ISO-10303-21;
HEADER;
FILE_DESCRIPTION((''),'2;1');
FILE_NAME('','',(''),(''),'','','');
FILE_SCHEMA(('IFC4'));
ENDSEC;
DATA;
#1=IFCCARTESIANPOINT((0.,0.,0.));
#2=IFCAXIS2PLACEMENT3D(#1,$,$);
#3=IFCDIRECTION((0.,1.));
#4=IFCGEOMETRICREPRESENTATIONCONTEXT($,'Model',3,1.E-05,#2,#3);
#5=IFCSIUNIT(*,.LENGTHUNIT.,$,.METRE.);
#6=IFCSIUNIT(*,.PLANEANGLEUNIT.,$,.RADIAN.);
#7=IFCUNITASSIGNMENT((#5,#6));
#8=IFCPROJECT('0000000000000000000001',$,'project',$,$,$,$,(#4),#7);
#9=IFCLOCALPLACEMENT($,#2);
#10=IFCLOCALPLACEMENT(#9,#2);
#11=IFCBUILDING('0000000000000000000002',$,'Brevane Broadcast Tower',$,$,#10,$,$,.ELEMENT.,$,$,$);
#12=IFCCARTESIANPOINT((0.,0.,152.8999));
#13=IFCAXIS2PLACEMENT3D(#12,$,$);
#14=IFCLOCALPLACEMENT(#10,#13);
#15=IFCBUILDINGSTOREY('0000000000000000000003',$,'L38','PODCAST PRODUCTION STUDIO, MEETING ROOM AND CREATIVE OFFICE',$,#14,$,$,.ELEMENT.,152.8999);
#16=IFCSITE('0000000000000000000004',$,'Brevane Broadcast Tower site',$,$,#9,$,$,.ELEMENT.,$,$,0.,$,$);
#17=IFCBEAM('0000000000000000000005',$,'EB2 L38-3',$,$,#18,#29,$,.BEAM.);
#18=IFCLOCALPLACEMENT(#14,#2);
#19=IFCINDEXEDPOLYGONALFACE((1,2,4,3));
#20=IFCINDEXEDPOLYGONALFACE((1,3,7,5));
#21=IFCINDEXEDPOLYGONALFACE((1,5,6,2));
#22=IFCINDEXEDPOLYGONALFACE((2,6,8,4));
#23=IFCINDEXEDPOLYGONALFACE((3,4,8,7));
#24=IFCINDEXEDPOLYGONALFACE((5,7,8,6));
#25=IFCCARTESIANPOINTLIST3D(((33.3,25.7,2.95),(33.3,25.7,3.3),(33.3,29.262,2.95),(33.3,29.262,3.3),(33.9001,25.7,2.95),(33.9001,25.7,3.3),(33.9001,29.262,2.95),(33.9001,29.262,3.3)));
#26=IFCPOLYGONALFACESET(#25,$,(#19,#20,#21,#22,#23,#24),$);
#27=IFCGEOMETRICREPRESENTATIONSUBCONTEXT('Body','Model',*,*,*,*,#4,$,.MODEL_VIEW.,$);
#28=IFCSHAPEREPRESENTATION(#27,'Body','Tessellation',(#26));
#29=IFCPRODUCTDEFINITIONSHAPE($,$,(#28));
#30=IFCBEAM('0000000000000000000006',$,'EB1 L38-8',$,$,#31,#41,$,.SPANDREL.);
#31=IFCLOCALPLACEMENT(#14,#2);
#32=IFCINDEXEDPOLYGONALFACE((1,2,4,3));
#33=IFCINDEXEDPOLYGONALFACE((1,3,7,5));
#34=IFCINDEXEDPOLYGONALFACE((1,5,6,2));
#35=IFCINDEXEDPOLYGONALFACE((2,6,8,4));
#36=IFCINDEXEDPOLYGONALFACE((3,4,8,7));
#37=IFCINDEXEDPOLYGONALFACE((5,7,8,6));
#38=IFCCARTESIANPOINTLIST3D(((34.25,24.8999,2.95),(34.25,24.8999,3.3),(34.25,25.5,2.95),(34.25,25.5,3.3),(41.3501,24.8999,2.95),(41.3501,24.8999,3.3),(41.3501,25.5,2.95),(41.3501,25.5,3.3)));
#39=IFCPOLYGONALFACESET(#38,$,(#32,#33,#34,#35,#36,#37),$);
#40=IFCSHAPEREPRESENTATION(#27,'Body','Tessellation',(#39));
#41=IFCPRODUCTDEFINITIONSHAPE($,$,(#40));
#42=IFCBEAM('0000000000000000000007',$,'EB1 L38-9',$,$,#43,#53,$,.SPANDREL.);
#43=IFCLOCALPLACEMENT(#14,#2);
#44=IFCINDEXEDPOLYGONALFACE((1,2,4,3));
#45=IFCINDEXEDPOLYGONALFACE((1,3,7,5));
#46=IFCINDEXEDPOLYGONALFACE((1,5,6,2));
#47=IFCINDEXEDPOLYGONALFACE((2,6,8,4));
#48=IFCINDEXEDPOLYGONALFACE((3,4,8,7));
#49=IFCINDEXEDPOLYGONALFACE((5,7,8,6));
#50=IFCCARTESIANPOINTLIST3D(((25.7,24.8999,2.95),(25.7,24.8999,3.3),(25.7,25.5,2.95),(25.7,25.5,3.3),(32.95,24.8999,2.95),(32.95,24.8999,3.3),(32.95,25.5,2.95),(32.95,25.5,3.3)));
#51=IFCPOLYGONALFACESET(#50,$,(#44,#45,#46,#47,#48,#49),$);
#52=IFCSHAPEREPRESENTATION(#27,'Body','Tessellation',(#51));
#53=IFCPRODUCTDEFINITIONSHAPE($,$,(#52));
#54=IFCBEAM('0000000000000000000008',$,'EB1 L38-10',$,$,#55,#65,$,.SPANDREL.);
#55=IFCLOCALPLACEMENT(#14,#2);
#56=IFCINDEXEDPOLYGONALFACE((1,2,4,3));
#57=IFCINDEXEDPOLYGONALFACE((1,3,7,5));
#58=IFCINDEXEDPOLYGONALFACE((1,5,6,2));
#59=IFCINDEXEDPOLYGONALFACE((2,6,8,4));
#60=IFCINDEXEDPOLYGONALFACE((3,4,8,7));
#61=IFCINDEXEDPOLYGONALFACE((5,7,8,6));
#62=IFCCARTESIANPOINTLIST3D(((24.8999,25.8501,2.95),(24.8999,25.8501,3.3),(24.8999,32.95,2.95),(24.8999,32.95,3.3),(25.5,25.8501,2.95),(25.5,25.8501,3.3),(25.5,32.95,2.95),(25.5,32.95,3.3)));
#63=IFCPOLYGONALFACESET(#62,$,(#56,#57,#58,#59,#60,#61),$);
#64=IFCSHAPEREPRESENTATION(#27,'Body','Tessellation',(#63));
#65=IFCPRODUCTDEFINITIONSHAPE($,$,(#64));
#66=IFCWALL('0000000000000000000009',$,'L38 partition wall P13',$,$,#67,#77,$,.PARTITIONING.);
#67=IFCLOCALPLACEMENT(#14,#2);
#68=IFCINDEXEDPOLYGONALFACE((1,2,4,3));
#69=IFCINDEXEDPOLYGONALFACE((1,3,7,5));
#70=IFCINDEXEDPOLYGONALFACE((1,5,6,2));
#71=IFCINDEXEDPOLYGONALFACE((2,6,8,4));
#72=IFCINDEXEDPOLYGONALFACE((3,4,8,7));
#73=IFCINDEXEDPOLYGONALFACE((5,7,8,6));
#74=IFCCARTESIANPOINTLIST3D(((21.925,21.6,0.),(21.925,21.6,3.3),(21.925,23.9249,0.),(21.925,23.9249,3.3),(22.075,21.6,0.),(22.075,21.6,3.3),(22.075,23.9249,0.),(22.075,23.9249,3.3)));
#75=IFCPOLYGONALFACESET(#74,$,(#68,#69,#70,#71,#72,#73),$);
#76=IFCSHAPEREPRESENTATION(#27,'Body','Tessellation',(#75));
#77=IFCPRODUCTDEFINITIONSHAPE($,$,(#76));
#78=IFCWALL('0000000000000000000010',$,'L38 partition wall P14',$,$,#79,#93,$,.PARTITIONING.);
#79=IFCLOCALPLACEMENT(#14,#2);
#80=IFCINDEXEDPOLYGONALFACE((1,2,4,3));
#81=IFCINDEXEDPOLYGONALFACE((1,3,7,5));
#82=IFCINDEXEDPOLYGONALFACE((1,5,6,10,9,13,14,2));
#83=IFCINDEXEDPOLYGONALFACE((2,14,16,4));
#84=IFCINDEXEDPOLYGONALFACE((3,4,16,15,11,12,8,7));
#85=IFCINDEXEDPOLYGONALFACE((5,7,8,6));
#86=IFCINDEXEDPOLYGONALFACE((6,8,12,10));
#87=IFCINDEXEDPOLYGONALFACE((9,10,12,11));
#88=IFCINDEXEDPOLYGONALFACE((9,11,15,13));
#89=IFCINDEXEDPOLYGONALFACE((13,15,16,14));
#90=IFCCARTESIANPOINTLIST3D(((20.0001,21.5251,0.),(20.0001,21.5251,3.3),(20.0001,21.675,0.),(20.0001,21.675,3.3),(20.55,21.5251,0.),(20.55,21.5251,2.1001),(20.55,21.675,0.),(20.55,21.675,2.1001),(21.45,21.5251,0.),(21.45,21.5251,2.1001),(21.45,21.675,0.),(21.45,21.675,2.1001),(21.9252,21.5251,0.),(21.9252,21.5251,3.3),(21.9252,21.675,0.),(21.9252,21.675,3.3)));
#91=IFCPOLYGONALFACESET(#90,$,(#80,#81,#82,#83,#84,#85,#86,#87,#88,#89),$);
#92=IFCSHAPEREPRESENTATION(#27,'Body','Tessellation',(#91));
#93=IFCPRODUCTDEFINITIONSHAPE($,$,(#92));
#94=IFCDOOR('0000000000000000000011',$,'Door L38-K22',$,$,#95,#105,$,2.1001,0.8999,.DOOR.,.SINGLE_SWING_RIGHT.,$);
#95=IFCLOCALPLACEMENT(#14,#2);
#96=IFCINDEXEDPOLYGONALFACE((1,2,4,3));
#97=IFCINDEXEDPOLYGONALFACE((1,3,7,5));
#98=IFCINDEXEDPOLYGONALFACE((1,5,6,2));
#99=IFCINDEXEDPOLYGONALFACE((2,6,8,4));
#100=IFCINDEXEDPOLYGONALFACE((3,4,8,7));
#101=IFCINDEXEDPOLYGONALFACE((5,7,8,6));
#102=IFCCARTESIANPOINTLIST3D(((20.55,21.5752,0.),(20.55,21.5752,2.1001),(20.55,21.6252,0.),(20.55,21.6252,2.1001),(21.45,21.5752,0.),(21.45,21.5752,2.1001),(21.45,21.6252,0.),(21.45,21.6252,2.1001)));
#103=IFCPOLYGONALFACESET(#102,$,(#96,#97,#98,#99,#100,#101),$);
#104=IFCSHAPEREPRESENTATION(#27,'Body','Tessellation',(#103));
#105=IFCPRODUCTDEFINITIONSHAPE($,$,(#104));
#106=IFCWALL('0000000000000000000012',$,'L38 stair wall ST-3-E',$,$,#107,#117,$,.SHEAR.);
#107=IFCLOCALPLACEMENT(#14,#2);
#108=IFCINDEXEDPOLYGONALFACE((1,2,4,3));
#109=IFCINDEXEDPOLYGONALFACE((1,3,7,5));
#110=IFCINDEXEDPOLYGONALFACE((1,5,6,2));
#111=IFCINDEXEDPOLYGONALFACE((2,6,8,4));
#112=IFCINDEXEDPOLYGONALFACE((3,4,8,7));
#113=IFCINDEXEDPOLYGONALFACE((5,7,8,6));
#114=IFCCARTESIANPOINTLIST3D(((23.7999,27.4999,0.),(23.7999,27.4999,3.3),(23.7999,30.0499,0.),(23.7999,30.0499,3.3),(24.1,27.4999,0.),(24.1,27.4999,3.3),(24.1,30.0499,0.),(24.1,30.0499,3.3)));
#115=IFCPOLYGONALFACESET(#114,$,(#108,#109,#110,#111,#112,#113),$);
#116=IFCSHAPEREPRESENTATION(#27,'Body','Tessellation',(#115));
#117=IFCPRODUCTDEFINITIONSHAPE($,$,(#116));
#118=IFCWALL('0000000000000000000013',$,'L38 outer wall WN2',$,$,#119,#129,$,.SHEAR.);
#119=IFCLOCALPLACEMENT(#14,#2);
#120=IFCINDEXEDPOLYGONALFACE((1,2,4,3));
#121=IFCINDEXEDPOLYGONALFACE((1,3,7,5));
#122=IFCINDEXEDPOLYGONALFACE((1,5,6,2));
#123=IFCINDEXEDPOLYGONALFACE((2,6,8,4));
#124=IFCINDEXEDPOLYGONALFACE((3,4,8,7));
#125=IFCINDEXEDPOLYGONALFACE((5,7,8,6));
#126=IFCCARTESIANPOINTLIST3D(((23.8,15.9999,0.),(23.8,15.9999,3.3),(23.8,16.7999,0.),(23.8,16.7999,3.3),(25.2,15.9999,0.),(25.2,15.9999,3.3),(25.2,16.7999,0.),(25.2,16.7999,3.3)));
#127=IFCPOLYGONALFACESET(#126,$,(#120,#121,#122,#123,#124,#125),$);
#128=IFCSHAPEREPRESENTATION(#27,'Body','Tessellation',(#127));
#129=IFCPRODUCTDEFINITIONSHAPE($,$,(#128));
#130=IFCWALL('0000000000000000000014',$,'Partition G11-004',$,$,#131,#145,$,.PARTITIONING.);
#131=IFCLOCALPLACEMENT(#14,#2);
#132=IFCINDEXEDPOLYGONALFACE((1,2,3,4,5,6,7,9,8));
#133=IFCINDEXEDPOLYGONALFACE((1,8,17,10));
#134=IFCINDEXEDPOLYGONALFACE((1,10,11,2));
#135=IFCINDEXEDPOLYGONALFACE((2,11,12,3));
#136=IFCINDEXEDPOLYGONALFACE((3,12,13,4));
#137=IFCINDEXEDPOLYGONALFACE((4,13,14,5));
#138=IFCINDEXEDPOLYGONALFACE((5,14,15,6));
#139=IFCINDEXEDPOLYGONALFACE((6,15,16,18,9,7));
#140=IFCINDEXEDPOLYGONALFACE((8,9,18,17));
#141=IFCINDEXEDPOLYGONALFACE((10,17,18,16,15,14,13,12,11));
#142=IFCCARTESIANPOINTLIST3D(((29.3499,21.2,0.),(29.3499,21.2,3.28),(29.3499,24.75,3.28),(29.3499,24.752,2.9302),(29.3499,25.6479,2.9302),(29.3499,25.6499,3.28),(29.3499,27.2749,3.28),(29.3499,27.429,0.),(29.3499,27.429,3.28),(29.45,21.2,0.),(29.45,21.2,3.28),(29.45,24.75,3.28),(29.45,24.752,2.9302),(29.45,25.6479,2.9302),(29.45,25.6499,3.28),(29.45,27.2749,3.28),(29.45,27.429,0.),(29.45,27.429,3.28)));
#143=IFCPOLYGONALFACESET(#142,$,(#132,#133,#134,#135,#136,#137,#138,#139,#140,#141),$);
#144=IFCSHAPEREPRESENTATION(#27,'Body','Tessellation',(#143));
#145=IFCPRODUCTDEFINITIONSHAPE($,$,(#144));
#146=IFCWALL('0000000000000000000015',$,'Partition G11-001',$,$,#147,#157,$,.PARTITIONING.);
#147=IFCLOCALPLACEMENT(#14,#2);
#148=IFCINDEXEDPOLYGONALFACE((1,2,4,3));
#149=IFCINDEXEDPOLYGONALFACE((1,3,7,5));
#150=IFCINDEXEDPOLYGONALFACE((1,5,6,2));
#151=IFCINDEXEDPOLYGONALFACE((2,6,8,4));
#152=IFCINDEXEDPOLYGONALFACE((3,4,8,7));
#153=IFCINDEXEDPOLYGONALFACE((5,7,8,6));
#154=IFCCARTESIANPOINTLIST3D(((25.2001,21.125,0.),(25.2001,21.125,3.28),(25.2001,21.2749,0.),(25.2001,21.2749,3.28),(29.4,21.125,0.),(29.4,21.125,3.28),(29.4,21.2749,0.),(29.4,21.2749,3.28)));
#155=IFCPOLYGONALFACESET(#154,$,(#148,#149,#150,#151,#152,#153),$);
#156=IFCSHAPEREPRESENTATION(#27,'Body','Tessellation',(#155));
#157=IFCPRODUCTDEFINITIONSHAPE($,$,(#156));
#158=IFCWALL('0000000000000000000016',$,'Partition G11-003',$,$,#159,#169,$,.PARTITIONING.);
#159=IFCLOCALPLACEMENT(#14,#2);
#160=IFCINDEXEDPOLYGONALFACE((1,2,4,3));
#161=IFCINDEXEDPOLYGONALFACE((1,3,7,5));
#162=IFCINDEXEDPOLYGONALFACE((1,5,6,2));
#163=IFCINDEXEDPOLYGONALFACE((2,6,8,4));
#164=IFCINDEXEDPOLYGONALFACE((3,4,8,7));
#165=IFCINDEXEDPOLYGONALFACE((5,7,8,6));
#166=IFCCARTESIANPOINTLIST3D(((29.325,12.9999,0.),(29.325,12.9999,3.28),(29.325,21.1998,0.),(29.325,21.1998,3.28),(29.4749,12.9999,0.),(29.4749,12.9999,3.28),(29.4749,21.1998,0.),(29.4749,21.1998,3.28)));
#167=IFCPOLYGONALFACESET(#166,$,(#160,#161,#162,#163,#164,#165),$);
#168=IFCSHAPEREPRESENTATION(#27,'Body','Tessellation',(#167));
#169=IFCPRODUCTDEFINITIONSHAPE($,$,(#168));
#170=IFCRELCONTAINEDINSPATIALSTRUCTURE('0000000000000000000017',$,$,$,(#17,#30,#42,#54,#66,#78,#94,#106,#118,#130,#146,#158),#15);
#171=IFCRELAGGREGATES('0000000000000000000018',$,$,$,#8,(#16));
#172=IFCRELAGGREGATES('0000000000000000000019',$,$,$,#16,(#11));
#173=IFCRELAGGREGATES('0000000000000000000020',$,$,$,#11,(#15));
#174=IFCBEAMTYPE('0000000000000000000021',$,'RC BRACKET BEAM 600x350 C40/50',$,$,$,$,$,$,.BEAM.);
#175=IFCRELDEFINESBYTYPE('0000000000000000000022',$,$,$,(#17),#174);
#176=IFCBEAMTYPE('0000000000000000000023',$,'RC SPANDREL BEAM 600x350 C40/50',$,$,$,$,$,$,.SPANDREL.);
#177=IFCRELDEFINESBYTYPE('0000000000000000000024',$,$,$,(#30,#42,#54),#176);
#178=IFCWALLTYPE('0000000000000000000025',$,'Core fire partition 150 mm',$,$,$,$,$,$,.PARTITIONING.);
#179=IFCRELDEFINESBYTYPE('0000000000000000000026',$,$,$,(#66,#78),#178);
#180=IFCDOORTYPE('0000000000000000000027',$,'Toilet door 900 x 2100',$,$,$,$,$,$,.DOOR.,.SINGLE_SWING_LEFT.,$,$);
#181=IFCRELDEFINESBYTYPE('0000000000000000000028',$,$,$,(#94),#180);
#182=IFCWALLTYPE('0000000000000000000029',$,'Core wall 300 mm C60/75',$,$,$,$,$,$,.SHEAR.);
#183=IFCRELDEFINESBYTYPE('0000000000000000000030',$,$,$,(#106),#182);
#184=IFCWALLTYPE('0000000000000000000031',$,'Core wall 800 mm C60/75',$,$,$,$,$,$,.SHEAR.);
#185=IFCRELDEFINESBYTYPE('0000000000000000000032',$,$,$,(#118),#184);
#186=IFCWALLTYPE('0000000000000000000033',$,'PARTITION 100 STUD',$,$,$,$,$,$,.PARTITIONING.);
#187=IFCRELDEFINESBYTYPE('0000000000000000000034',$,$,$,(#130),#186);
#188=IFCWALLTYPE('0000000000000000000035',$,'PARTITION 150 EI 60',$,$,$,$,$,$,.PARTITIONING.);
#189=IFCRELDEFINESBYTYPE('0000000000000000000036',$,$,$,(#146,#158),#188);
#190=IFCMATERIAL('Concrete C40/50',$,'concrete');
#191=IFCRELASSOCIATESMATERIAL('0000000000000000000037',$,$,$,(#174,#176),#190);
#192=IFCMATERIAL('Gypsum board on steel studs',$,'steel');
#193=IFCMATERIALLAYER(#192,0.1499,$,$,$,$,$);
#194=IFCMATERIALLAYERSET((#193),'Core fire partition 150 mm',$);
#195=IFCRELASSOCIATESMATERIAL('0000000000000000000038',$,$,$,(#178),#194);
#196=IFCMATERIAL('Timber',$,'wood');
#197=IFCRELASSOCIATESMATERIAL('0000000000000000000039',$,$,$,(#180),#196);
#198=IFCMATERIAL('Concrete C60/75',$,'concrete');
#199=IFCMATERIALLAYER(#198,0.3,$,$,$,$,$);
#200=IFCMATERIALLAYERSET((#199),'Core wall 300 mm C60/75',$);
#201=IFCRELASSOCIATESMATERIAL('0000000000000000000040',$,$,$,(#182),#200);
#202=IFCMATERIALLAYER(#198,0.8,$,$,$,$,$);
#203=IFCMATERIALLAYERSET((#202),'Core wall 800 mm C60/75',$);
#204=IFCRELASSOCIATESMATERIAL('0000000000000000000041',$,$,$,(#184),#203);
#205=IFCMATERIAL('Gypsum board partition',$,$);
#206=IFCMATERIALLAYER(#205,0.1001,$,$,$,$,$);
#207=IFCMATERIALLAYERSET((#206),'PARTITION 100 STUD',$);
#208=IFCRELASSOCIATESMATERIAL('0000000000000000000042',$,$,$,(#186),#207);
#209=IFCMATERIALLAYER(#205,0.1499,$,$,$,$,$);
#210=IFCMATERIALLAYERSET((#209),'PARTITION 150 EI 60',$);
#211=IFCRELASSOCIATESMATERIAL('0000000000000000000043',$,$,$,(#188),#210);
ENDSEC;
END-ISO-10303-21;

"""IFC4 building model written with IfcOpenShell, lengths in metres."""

from ifc_helpers import new_model, si_unit, direction, frame, frame_2d, origin, origin_2d, place, context, subcontext, project, spatial, polyline, rectangle, outline, extrude, material, layer, layer_set, material_profile, profile_set, type_object, element, fill, save


model = new_model("IFC4")

# Units and contexts
model_context = context("Model", 3, precision=1e-05, world=origin(), true_north=direction((0.0, 1.0)))
body_context = subcontext(model_context, "Body", "Model", "MODEL_VIEW")
ifc_project = project(units=[si_unit("LENGTHUNIT", "METRE"), si_unit("PLANEANGLEUNIT", "RADIAN")], contexts=[model_context])

# Site, building, storey
site_placement = place(None, origin())
site = spatial("IfcSite", under=ifc_project, at=site_placement, Name="Brevane Broadcast Tower site", CompositionType="ELEMENT", RefElevation=0.0)
building_placement = place(site_placement, origin())
building = spatial("IfcBuilding", under=site, at=building_placement, Name="Brevane Broadcast Tower", CompositionType="ELEMENT")
storey_placement = place(building_placement, frame((0.0, 0.0, 152.8999)))
storey = spatial("IfcBuildingStorey", under=building, at=storey_placement, Name="L38", Description="PODCAST PRODUCTION STUDIO, MEETING ROOM AND CREATIVE OFFICE", CompositionType="ELEMENT", Elevation=152.8999)

# Shared definitions
ifc_material_1 = material(Name="Concrete C60/75", Category="concrete")

# Beams
ifc_material_2 = material(Name="Concrete C40/50", Category="concrete")
ifc_material_profile_1 = material_profile(ifc_material_2, rectangle(XDim=0.6001, YDim=0.3501, at=origin_2d()), Name="RC 600x350")
ifc_profile_set_1 = profile_set([ifc_material_profile_1], Name="Concrete C40/50")
beam_type_1 = type_object("IfcBeamType", Name="RC BRACKET BEAM 600x350 C40/50", PredefinedType="BEAM", material=ifc_profile_set_1)
beam_1_placement = place(storey_placement, frame((33.6001, 25.7, 3.125), z_axis=(0.0, 1.0, 0.0), x_axis=(-1.0, 0.0, 0.0)))
element("IfcBeam", 1, at=beam_1_placement, inside=storey, type_object=beam_type_1, Name="EB2 L38-3", PredefinedType="BEAM", context=body_context, shape_type="SweptSolid", body=[
    extrude(rectangle(XDim=0.6001, YDim=0.3501, at=origin_2d()), origin(), (0.0, 0.0, 1.0), 3.562),
])
ifc_material_profile_2 = material_profile(ifc_material_2, rectangle(XDim=0.6001, YDim=0.3501, at=origin_2d()), Name="RC 600x350")
ifc_profile_set_2 = profile_set([ifc_material_profile_2], Name="Concrete C40/50")
beam_type_2 = type_object("IfcBeamType", Name="RC SPANDREL BEAM 600x350 C40/50", PredefinedType="SPANDREL", material=ifc_profile_set_2)
beam_2_placement = place(storey_placement, frame((41.3501, 25.2, 3.125), z_axis=(-1.0, 0.0, 0.0), x_axis=(0.0, -1.0, 0.0)))
element("IfcBeam", 2, at=beam_2_placement, inside=storey, type_object=beam_type_2, Name="EB1 L38-8", PredefinedType="SPANDREL", context=body_context, shape_type="SweptSolid", body=[
    extrude(rectangle(XDim=0.6001, YDim=0.3501, at=origin_2d()), origin(), (0.0, 0.0, 1.0), 7.1001),
])
beam_3_placement = place(storey_placement, frame((32.95, 25.2, 3.125), z_axis=(-1.0, 0.0, 0.0), x_axis=(0.0, -1.0, 0.0)))
element("IfcBeam", 3, at=beam_3_placement, inside=storey, type_object=beam_type_2, Name="EB1 L38-9", PredefinedType="SPANDREL", context=body_context, shape_type="SweptSolid", body=[
    extrude(rectangle(XDim=0.6001, YDim=0.3501, at=origin_2d()), origin(), (0.0, 0.0, 1.0), 7.25),
])
beam_4_placement = place(storey_placement, frame((25.2, 25.8501, 3.125), z_axis=(0.0, 1.0, 0.0), x_axis=(-1.0, 0.0, 0.0)))
element("IfcBeam", 4, at=beam_4_placement, inside=storey, type_object=beam_type_2, Name="EB1 L38-10", PredefinedType="SPANDREL", context=body_context, shape_type="SweptSolid", body=[
    extrude(rectangle(XDim=0.6001, YDim=0.3501, at=origin_2d()), origin(), (0.0, 0.0, 1.0), 7.0999),
])

# Wall
ifc_material_3 = material(Name="Gypsum board on steel studs", Category="steel")
ifc_layer_1 = layer(ifc_material_3, 0.1499)
ifc_layer_set_1 = layer_set([ifc_layer_1], Name="Core fire partition 150 mm")
wall_type_1 = type_object("IfcWallType", Name="Core fire partition 150 mm", PredefinedType="PARTITIONING", material=ifc_layer_set_1)
wall_1_placement = place(storey_placement, frame((22.0, 23.925, 0.0), z_axis=(0.0, 0.0, 1.0), x_axis=(0.0, -1.0, 0.0)))
element("IfcWall", 5, at=wall_1_placement, inside=storey, type_object=wall_type_1, Name="L38 partition wall P13", PredefinedType="PARTITIONING", context=body_context, shape_type="SweptSolid", body=[
    extrude(rectangle(XDim=2.325, YDim=0.1499, at=frame_2d((1.1626, 0.0))), origin(), (0.0, 0.0, 1.0), 3.3),
])

# Wall, opening, door
wall_2_placement = place(storey_placement, frame((21.925, 21.6001, 0.0), z_axis=(0.0, 0.0, 1.0), x_axis=(-1.0, 0.0, 0.0)))
wall_2 = element("IfcWall", 6, at=wall_2_placement, inside=storey, type_object=wall_type_1, Name="L38 partition wall P14", PredefinedType="PARTITIONING", context=body_context, shape_type="SweptSolid", body=[
    extrude(rectangle(XDim=1.925, YDim=0.1499, at=frame_2d((0.9624, 0.0))), origin(), (0.0, 0.0, 1.0), 3.3),
])
opening_placement = place(wall_2_placement, frame((0.4751, 0.0, 0.0)))
opening = element("IfcOpeningElement", 7, at=opening_placement, cuts=wall_2, PredefinedType="OPENING", context=body_context, shape_type="SweptSolid", body=[
    extrude(rectangle(XDim=0.8999, YDim=2.1001, at=frame_2d((0.45, 1.05))), frame((0.0, 0.085, 0.0), z_axis=(0.0, -1.0, 0.0), x_axis=(1.0, 0.0, 0.0)), (0.0, 0.0, 1.0), 0.1699),
])
ifc_material_4 = material(Name="Timber", Category="wood")
door_type = type_object("IfcDoorType", Name="Toilet door 900 x 2100", OperationType="SINGLE_SWING_LEFT", PredefinedType="DOOR", material=ifc_material_4)
door_placement = place(opening_placement, origin())
door = element("IfcDoor", 8, at=door_placement, inside=storey, type_object=door_type, Name="Door L38-K22", OperationType="SINGLE_SWING_RIGHT", OverallHeight=2.1001, OverallWidth=0.8999, PredefinedType="DOOR", context=body_context, shape_type="SweptSolid", body=[
    extrude(rectangle(XDim=0.8999, YDim=2.1001, at=frame_2d((0.45, 1.05))), frame((0.0, 0.0249, 0.0), z_axis=(0.0, -1.0, 0.0), x_axis=(1.0, 0.0, 0.0)), (0.0, 0.0, 1.0), 0.05),
])
fill(opening, door)

# Walls
ifc_layer_2 = layer(ifc_material_1, 0.3)
ifc_layer_set_2 = layer_set([ifc_layer_2], Name="Core wall 300 mm C60/75")
wall_type_2 = type_object("IfcWallType", Name="Core wall 300 mm C60/75", PredefinedType="SHEAR", material=ifc_layer_set_2)
wall_3_placement = place(storey_placement, frame((23.95, 27.5, 0.0), z_axis=(0.0, 0.0, 1.0), x_axis=(0.0, 1.0, 0.0)))
element("IfcWall", 9, at=wall_3_placement, inside=storey, type_object=wall_type_2, Name="L38 stair wall ST-3-E", PredefinedType="SHEAR", context=body_context, shape_type="SweptSolid", body=[
    extrude(rectangle(XDim=2.55, YDim=0.3, at=frame_2d((1.2749, 0.0))), origin(), (0.0, 0.0, 1.0), 3.3),
])
ifc_layer_3 = layer(ifc_material_1, 0.8)
ifc_layer_set_3 = layer_set([ifc_layer_3], Name="Core wall 800 mm C60/75")
wall_type_3 = type_object("IfcWallType", Name="Core wall 800 mm C60/75", PredefinedType="SHEAR", material=ifc_layer_set_3)
wall_4_placement = place(storey_placement, frame((23.8, 16.3999, 0.0), z_axis=(0.0, 0.0, 1.0), x_axis=(1.0, 0.0, 0.0)))
element("IfcWall", 10, at=wall_4_placement, inside=storey, type_object=wall_type_3, Name="L38 outer wall WN2", PredefinedType="SHEAR", context=body_context, shape_type="SweptSolid", body=[
    extrude(rectangle(XDim=1.3999, YDim=0.8, at=frame_2d((0.7, 0.0))), origin(), (0.0, 0.0, 1.0), 3.3),
])
ifc_material_5 = material(Name="Gypsum board partition")
ifc_layer_4 = layer(ifc_material_5, 0.1001)
ifc_layer_set_4 = layer_set([ifc_layer_4], Name="PARTITION 100 STUD")
wall_type_4 = type_object("IfcWallType", Name="PARTITION 100 STUD", PredefinedType="PARTITIONING", material=ifc_layer_set_4)
wall_5_placement = place(storey_placement, frame((29.3999, 27.429, 0.0), z_axis=(0.0, 0.0, 1.0), x_axis=(0.0, -1.0, 0.0)))
element("IfcWall", 11, at=wall_5_placement, inside=storey, type_object=wall_type_4, Name="Partition G11-004", PredefinedType="PARTITIONING", context=body_context, shape_type="SweptSolid", body=[
    extrude(outline(polyline([(0.0, 0.0), (6.229, 0.0), (6.229, 3.28), (2.679, 3.28), (2.677, 2.9302), (1.781, 2.9302), (1.7791, 3.28), (0.1541, 3.28), (0.0, 3.28), (0.0, 0.0)])), frame((0.0, 0.05, 0.0), z_axis=(0.0, -1.0, 0.0), x_axis=(1.0, 0.0, 0.0)), (0.0, 0.0, 1.0), 0.1001),
])
ifc_layer_5 = layer(ifc_material_5, 0.1499)
ifc_layer_set_5 = layer_set([ifc_layer_5], Name="PARTITION 150 EI 60")
wall_type_5 = type_object("IfcWallType", Name="PARTITION 150 EI 60", PredefinedType="PARTITIONING", material=ifc_layer_set_5)
wall_6_placement = place(storey_placement, frame((25.2, 21.2, 0.0), z_axis=(0.0, 0.0, 1.0), x_axis=(1.0, 0.0, 0.0)))
element("IfcWall", 12, at=wall_6_placement, inside=storey, type_object=wall_type_5, Name="Partition G11-001", PredefinedType="PARTITIONING", context=body_context, shape_type="SweptSolid", body=[
    extrude(rectangle(XDim=4.2, YDim=0.1499, at=frame_2d((2.1001, 0.0))), origin(), (0.0, 0.0, 1.0), 3.28),
])
wall_7_placement = place(storey_placement, frame((29.3999, 21.2, 0.0), z_axis=(0.0, 0.0, 1.0), x_axis=(0.0, -1.0, 0.0)))
element("IfcWall", 13, at=wall_7_placement, inside=storey, type_object=wall_type_5, Name="Partition G11-003", PredefinedType="PARTITIONING", context=body_context, shape_type="SweptSolid", body=[
    extrude(rectangle(XDim=8.2, YDim=0.1499, at=frame_2d((4.1001, 0.0))), origin(), (0.0, 0.0, 1.0), 3.28),
])

save(model, "model.ifc")
